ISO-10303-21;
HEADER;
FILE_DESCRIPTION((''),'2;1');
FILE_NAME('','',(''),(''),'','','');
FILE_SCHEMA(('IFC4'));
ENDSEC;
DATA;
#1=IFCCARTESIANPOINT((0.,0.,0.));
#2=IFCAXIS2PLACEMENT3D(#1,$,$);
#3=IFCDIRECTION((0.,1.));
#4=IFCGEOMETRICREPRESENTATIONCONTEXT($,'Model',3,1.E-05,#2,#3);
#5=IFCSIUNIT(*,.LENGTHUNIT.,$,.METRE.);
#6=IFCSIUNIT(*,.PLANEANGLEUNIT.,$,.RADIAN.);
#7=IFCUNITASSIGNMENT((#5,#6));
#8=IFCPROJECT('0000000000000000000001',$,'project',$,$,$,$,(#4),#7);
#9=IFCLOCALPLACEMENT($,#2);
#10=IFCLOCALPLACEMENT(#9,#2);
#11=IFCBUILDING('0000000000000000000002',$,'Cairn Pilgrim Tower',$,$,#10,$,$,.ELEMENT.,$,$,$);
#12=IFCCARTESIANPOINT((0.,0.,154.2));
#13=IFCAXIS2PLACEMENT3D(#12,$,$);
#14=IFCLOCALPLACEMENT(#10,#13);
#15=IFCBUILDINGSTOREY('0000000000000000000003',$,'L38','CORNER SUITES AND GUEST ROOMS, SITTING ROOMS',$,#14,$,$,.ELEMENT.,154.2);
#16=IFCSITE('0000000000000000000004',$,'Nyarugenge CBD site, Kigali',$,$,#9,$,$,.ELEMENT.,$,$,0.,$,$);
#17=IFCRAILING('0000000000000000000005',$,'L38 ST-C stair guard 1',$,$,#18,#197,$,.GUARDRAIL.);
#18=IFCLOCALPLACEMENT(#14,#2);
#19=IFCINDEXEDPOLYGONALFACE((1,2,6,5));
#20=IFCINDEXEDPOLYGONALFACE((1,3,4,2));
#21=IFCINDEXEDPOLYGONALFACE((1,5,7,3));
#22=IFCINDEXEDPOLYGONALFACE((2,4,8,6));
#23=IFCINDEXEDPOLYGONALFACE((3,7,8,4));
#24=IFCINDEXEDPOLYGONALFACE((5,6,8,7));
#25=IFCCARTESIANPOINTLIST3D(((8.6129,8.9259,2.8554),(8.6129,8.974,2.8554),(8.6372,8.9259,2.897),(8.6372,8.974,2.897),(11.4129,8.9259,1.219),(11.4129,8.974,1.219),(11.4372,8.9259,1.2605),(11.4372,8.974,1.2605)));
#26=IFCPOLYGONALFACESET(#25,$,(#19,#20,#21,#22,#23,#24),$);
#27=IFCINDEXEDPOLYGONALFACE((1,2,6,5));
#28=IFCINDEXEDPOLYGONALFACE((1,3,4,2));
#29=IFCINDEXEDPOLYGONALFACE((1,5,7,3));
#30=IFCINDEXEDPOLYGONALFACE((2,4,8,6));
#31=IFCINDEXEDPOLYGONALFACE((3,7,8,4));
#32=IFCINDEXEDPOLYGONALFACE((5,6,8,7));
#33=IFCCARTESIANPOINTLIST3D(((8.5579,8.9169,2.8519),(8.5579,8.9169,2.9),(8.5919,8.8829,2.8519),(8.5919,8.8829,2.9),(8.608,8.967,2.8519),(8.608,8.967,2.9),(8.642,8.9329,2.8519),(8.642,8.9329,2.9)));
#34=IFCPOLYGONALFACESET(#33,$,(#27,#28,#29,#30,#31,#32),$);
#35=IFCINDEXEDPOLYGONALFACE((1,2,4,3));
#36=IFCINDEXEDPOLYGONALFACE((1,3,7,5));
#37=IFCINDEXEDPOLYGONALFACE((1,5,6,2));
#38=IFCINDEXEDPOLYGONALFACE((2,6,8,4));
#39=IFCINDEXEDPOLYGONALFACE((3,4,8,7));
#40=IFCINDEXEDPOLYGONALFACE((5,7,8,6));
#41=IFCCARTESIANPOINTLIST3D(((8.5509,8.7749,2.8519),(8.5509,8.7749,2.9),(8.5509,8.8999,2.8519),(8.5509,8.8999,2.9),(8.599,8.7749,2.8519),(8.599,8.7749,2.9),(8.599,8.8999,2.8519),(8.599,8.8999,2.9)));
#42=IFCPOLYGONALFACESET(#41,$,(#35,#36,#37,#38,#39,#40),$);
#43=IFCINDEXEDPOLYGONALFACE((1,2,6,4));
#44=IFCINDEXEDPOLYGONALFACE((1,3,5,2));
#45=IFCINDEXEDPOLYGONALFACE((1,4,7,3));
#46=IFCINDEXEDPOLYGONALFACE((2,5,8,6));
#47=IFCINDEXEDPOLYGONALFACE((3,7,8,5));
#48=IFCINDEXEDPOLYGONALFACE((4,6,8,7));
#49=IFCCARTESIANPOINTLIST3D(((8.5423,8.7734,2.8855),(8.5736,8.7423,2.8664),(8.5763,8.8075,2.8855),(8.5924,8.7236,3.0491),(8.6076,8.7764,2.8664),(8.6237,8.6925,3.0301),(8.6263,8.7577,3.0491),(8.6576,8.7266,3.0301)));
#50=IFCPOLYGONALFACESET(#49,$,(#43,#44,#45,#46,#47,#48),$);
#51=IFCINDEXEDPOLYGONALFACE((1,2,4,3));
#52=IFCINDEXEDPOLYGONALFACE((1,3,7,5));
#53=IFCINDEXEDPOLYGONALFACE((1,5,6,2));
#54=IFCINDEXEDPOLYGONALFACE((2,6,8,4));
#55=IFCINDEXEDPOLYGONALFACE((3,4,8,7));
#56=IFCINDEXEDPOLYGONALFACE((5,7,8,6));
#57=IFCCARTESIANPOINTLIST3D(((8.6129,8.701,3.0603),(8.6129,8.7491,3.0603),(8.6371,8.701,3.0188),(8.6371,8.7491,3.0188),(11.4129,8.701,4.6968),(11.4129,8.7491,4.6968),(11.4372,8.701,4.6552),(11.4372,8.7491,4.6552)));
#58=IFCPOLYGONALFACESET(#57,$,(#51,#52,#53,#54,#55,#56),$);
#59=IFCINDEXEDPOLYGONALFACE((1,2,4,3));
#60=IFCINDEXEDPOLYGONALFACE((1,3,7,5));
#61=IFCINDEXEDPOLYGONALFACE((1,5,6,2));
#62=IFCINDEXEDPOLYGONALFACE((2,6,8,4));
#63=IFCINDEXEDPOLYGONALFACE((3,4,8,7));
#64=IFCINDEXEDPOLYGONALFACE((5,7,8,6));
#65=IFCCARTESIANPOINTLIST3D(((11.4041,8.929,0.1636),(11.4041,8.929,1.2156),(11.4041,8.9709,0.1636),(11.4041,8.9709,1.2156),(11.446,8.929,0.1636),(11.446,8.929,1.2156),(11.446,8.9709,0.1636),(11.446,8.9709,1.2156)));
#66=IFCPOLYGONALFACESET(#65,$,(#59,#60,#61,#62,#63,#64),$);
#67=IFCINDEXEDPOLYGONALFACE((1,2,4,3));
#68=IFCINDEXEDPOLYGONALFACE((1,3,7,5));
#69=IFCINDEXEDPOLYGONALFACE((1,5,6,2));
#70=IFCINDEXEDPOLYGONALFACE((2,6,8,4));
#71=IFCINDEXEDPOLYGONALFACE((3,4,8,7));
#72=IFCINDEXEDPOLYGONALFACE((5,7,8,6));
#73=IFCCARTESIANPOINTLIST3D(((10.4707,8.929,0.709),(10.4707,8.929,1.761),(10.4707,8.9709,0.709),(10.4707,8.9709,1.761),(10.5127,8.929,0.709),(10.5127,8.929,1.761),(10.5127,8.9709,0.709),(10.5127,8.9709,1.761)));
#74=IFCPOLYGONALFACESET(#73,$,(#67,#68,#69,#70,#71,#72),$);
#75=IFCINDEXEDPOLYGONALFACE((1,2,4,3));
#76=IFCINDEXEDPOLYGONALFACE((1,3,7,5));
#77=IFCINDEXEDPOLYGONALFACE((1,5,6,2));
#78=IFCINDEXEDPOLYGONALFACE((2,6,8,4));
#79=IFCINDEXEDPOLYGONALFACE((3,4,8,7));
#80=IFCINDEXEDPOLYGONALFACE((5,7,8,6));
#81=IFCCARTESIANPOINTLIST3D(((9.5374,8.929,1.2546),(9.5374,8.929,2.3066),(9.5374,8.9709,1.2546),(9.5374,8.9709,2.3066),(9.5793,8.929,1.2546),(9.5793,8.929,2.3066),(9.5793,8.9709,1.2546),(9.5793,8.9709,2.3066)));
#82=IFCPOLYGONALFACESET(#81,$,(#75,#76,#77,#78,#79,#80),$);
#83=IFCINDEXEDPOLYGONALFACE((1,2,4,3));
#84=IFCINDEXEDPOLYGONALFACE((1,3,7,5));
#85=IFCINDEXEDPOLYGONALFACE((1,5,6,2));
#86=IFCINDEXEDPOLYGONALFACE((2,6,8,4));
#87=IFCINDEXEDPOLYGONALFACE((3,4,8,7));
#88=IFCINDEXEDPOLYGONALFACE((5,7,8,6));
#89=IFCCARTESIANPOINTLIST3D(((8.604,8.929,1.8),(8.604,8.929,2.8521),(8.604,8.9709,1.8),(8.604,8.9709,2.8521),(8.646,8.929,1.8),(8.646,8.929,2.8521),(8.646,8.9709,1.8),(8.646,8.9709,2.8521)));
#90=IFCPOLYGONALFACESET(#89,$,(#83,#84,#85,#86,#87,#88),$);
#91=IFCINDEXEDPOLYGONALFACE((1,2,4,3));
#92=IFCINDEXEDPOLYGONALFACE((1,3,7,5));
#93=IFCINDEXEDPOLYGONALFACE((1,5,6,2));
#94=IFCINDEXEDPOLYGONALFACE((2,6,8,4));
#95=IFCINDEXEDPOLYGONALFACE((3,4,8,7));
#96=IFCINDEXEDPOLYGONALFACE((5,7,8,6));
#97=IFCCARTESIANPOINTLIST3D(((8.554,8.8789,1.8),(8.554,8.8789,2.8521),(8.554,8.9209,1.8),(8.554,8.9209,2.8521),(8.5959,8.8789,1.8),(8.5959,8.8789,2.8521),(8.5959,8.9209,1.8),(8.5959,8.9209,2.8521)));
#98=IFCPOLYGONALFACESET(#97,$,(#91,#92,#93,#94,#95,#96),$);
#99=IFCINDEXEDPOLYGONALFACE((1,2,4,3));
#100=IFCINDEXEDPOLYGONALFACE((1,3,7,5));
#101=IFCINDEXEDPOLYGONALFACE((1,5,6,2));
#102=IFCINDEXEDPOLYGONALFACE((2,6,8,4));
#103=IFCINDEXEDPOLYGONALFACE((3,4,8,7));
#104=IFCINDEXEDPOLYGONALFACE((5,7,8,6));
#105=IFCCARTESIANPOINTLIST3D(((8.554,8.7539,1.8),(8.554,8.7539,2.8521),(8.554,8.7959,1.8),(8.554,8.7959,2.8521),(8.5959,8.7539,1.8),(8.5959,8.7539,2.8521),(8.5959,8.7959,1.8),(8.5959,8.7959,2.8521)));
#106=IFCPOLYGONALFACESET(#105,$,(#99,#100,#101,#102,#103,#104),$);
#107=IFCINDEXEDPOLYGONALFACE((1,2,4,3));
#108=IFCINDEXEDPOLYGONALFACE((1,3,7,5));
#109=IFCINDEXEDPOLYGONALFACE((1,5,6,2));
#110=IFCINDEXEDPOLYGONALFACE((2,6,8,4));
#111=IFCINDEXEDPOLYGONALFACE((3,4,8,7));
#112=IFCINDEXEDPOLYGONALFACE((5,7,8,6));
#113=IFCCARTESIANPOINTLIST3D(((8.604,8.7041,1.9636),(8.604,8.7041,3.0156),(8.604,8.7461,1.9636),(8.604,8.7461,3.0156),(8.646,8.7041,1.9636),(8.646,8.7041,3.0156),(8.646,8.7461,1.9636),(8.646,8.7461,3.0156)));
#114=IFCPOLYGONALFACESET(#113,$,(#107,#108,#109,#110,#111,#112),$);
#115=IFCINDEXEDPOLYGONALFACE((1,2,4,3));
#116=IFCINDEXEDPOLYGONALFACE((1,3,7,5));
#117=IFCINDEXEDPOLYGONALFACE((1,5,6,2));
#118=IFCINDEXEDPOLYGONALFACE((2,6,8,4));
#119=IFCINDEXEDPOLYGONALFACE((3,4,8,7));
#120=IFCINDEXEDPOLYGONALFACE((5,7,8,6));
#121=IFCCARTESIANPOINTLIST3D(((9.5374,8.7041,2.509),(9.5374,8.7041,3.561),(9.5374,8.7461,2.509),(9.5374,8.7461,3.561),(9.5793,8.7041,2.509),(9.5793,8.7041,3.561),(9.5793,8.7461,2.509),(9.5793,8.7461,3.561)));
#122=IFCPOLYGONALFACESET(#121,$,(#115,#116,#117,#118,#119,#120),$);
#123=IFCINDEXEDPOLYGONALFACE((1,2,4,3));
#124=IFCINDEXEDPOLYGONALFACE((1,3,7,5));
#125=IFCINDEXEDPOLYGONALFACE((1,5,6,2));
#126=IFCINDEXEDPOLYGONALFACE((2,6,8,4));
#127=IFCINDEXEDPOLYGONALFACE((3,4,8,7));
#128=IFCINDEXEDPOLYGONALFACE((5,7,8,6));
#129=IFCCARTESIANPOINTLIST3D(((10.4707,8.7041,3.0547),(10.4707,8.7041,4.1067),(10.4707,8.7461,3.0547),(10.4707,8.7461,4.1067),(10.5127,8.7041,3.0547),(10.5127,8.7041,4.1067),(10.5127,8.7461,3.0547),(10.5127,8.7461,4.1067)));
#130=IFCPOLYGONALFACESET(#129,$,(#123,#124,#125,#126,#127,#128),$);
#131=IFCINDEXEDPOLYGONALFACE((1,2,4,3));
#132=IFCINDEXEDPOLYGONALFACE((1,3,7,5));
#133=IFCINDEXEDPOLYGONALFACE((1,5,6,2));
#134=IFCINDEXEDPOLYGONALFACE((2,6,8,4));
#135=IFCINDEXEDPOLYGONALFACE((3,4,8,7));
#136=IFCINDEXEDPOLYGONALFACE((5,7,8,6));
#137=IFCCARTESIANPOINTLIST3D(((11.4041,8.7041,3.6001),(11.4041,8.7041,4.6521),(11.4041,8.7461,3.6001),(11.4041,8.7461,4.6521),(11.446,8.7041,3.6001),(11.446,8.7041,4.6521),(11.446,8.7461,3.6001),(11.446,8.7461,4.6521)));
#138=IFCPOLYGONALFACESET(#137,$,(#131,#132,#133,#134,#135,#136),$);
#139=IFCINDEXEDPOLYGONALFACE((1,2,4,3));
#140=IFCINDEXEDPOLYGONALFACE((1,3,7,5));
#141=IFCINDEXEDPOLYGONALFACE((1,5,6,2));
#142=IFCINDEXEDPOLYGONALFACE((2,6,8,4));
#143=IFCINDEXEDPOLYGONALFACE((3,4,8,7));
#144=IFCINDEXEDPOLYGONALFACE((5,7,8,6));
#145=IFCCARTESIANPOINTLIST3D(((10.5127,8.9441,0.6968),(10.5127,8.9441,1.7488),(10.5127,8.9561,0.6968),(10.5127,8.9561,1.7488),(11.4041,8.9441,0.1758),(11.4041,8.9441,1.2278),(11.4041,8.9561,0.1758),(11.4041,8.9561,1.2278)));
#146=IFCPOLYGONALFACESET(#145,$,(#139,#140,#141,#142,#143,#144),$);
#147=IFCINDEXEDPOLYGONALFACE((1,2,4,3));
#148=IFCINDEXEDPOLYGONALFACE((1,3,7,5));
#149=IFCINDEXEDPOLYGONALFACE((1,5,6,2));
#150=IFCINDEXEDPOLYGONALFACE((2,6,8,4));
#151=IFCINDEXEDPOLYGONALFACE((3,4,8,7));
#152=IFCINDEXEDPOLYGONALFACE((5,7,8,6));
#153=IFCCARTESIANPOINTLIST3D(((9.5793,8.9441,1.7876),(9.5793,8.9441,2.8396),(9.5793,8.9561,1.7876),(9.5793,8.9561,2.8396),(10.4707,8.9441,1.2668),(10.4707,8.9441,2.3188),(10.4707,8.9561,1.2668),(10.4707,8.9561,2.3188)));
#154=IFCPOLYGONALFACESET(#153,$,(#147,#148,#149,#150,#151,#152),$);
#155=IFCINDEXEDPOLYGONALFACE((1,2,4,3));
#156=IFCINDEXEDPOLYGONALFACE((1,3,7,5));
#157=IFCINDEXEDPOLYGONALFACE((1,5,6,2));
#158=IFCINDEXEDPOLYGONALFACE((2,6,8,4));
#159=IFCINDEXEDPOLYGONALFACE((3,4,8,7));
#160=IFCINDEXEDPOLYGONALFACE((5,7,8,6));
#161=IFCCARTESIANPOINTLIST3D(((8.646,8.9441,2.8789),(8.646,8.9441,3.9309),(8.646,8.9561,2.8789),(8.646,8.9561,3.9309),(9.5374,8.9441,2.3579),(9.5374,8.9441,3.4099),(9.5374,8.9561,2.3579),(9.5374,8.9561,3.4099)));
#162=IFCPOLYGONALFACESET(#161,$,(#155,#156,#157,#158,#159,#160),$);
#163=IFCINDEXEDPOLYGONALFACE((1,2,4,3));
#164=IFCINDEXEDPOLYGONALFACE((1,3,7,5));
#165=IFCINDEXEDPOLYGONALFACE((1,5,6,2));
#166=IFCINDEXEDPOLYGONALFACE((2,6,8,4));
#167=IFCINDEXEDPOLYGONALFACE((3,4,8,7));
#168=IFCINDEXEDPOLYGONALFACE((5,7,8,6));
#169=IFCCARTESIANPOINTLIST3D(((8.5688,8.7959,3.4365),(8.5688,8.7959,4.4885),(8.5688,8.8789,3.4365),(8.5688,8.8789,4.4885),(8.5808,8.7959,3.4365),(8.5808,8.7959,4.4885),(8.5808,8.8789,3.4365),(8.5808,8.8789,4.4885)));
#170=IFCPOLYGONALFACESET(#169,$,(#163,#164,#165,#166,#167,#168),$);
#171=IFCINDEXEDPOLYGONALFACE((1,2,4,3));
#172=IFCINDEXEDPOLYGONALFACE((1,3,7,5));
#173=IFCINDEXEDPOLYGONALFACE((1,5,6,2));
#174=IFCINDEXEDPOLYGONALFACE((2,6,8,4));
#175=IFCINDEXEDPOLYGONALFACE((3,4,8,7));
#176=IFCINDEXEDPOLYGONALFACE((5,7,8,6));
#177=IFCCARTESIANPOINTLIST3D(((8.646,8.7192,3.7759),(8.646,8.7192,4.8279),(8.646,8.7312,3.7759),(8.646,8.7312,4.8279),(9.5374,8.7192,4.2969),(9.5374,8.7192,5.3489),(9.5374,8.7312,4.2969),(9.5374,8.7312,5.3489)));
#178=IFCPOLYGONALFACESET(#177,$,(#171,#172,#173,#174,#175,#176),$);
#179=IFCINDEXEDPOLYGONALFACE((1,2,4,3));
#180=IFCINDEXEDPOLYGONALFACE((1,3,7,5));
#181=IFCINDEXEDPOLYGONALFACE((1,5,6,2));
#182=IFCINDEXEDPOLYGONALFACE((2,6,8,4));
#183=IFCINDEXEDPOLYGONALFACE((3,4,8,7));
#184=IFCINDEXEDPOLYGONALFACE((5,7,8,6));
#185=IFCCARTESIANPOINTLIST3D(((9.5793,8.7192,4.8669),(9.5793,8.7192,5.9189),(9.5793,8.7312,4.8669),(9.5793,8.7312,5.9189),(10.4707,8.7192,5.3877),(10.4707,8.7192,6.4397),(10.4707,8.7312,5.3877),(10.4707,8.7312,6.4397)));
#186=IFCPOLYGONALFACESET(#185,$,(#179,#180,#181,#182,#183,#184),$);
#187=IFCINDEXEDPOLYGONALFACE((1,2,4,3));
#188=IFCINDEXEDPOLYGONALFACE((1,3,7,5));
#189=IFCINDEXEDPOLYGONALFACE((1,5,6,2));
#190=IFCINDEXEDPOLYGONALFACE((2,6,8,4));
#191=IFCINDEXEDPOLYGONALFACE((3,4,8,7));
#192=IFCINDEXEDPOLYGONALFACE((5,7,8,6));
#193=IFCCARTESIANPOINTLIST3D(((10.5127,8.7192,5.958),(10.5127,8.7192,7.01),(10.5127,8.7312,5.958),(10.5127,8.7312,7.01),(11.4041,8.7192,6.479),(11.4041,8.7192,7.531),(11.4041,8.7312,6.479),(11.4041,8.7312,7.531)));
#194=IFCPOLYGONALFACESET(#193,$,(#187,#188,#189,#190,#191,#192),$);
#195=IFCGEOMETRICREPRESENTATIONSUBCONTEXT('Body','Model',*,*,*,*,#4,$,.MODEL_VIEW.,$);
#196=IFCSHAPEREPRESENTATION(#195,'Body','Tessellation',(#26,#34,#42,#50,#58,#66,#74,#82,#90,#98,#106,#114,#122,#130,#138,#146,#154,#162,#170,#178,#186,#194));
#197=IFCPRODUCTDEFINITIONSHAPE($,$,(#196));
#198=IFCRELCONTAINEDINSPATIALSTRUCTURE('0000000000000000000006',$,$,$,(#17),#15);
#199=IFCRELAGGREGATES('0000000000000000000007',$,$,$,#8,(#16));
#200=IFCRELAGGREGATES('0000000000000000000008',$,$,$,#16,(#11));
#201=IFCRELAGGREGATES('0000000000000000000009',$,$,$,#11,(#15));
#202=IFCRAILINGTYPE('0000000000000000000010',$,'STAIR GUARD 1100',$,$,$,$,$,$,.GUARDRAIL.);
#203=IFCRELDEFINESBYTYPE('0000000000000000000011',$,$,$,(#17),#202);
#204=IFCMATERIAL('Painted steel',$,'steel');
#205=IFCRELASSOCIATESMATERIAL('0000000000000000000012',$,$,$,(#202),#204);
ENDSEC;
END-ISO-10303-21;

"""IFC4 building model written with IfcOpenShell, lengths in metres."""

from ifc_helpers import new_model, si_unit, direction, frame, origin, origin_2d, place, context, subcontext, project, spatial, polyline, rectangle, outline, extrude, material, type_object, element, save


model = new_model("IFC4")

# Units and contexts
model_context = context("Model", 3, precision=1e-05, world=origin(), true_north=direction((0.0, 1.0)))
body_context = subcontext(model_context, "Body", "Model", "MODEL_VIEW")
ifc_project = project(units=[si_unit("LENGTHUNIT", "METRE"), si_unit("PLANEANGLEUNIT", "RADIAN")], contexts=[model_context])

# Site, building, storey
site_placement = place(None, origin())
site = spatial("IfcSite", under=ifc_project, at=site_placement, Name="Nyarugenge CBD site, Kigali", CompositionType="ELEMENT", RefElevation=0.0)
building_placement = place(site_placement, origin())
building = spatial("IfcBuilding", under=site, at=building_placement, Name="Cairn Pilgrim Tower", CompositionType="ELEMENT")
storey_placement = place(building_placement, frame((0.0, 0.0, 154.2)))
storey = spatial("IfcBuildingStorey", under=building, at=storey_placement, Name="L38", Description="CORNER SUITES AND GUEST ROOMS, SITTING ROOMS", CompositionType="ELEMENT", Elevation=154.2)

# Shared definitions
ifc_material_1 = material(Name="Painted steel", Category="steel")

# Railing
railing_type_1 = type_object("IfcRailingType", Name="STAIR GUARD 1100", PredefinedType="GUARDRAIL", material=ifc_material_1)
railing_1_placement = place(storey_placement, frame((11.425, 8.95, 0.1636)))
element("IfcRailing", 1, at=railing_1_placement, inside=storey, type_object=railing_type_1, Name="L38 ST-C stair guard 1", PredefinedType="GUARDRAIL", context=body_context, shape_type="SweptSolid", body=[
    extrude(rectangle(XDim=0.0481, YDim=0.0481, at=origin_2d()), frame((0.0, 0.0, 1.0762), z_axis=(-0.863361, 0.0, 0.504587), x_axis=(0.0, -1.0, 0.0)), (0.0, 0.0, 1.0), 3.2432),
    extrude(rectangle(XDim=0.0481, YDim=0.0481, at=origin_2d()), frame((-2.8, 0.0, 2.7124), z_axis=(-0.707107, -0.707107, 0.0), x_axis=(0.707107, -0.707107, 0.0)), (0.0, 0.0, 1.0), 0.0708),
    extrude(rectangle(XDim=0.0481, YDim=0.0481, at=origin_2d()), frame((-2.8501, -0.05, 2.7124), z_axis=(0.0, -1.0, 0.0), x_axis=(1.0, 0.0, 0.0)), (0.0, 0.0, 1.0), 0.125),
    extrude(rectangle(XDim=0.0481, YDim=0.0481, at=origin_2d()), frame((-2.8501, -0.175, 2.7124), z_axis=(0.280917, -0.279546, 0.918118), x_axis=(0.705376, 0.708834, 0.0)), (0.0, 0.0, 1.0), 0.1782),
    extrude(rectangle(XDim=0.0481, YDim=0.0481, at=origin_2d()), frame((-2.8, -0.2249, 2.876), z_axis=(0.863361, 0.0, 0.504587), x_axis=(0.0, 1.0, 0.0)), (0.0, 0.0, 1.0), 3.2432),
    extrude(rectangle(XDim=0.042, YDim=0.042, at=origin_2d()), origin(), (0.0, 0.0, 1.0), 1.052),
    extrude(rectangle(XDim=0.042, YDim=0.042, at=origin_2d()), frame((-0.9333, 0.0, 0.5454)), (0.0, 0.0, 1.0), 1.052),
    extrude(rectangle(XDim=0.042, YDim=0.042, at=origin_2d()), frame((-1.8667, 0.0, 1.0911)), (0.0, 0.0, 1.0), 1.052),
    extrude(rectangle(XDim=0.042, YDim=0.042, at=origin_2d()), frame((-2.8, 0.0, 1.6365)), (0.0, 0.0, 1.0), 1.052),
    extrude(rectangle(XDim=0.042, YDim=0.042, at=origin_2d()), frame((-2.8501, -0.05, 1.6365)), (0.0, 0.0, 1.0), 1.052),
    extrude(rectangle(XDim=0.042, YDim=0.042, at=origin_2d()), frame((-2.8501, -0.175, 1.6365)), (0.0, 0.0, 1.0), 1.052),
    extrude(rectangle(XDim=0.042, YDim=0.042, at=origin_2d()), frame((-2.8, -0.2249, 1.8)), (0.0, 0.0, 1.0), 1.052),
    extrude(rectangle(XDim=0.042, YDim=0.042, at=origin_2d()), frame((-1.8667, -0.2249, 2.3455)), (0.0, 0.0, 1.0), 1.052),
    extrude(rectangle(XDim=0.042, YDim=0.042, at=origin_2d()), frame((-0.9333, -0.2249, 2.8911)), (0.0, 0.0, 1.0), 1.052),
    extrude(rectangle(XDim=0.042, YDim=0.042, at=origin_2d()), frame((0.0, -0.2249, 3.4365)), (0.0, 0.0, 1.0), 1.052),
    extrude(outline(polyline([(0.021, 0.0122), (0.9124, 0.5332), (0.9124, 1.5852), (0.021, 1.0642), (0.021, 0.0122)])), frame((0.0, -0.0059, 0.0), z_axis=(0.0, 1.0, 0.0), x_axis=(-1.0, 0.0, 0.0)), (0.0, 0.0, 1.0), 0.012),
    extrude(outline(polyline([(0.021, 0.5579), (0.9124, 1.0786), (0.9124, 2.1306), (0.021, 1.6099), (0.021, 0.5579)])), frame((-0.9333, -0.0059, 0.5454), z_axis=(0.0, 1.0, 0.0), x_axis=(-1.0, 0.0, 0.0)), (0.0, 0.0, 1.0), 0.012),
    extrude(outline(polyline([(0.021, 1.1033), (0.9124, 1.6243), (0.9124, 2.6763), (0.021, 2.1553), (0.021, 1.1033)])), frame((-1.8667, -0.0059, 1.0911), z_axis=(0.0, 1.0, 0.0), x_axis=(-1.0, 0.0, 0.0)), (0.0, 0.0, 1.0), 0.012),
    extrude(outline(polyline([(0.021, 1.6365), (0.104, 1.6365), (0.104, 2.6885), (0.021, 2.6885), (0.021, 1.6365)])), frame((-2.8442, -0.05, 1.6365), z_axis=(-1.0, 0.0, 0.0), x_axis=(0.0, -1.0, 0.0)), (0.0, 0.0, 1.0), 0.012),
    extrude(outline(polyline([(0.021, 1.8123), (0.9124, 2.3333), (0.9124, 3.3853), (0.021, 2.8643), (0.021, 1.8123)])), frame((-2.8, -0.2188, 1.8), z_axis=(0.0, -1.0, 0.0), x_axis=(1.0, 0.0, 0.0)), (0.0, 0.0, 1.0), 0.012),
    extrude(outline(polyline([(0.021, 2.3579), (0.9124, 2.8787), (0.9124, 3.9307), (0.021, 3.4099), (0.021, 2.3579)])), frame((-1.8667, -0.2188, 2.3455), z_axis=(0.0, -1.0, 0.0), x_axis=(1.0, 0.0, 0.0)), (0.0, 0.0, 1.0), 0.012),
    extrude(outline(polyline([(0.021, 2.9033), (0.9124, 3.4243), (0.9124, 4.4763), (0.021, 3.9553), (0.021, 2.9033)])), frame((-0.9333, -0.2188, 2.8911), z_axis=(0.0, -1.0, 0.0), x_axis=(1.0, 0.0, 0.0)), (0.0, 0.0, 1.0), 0.012),
])

save(model, "model.ifc")
